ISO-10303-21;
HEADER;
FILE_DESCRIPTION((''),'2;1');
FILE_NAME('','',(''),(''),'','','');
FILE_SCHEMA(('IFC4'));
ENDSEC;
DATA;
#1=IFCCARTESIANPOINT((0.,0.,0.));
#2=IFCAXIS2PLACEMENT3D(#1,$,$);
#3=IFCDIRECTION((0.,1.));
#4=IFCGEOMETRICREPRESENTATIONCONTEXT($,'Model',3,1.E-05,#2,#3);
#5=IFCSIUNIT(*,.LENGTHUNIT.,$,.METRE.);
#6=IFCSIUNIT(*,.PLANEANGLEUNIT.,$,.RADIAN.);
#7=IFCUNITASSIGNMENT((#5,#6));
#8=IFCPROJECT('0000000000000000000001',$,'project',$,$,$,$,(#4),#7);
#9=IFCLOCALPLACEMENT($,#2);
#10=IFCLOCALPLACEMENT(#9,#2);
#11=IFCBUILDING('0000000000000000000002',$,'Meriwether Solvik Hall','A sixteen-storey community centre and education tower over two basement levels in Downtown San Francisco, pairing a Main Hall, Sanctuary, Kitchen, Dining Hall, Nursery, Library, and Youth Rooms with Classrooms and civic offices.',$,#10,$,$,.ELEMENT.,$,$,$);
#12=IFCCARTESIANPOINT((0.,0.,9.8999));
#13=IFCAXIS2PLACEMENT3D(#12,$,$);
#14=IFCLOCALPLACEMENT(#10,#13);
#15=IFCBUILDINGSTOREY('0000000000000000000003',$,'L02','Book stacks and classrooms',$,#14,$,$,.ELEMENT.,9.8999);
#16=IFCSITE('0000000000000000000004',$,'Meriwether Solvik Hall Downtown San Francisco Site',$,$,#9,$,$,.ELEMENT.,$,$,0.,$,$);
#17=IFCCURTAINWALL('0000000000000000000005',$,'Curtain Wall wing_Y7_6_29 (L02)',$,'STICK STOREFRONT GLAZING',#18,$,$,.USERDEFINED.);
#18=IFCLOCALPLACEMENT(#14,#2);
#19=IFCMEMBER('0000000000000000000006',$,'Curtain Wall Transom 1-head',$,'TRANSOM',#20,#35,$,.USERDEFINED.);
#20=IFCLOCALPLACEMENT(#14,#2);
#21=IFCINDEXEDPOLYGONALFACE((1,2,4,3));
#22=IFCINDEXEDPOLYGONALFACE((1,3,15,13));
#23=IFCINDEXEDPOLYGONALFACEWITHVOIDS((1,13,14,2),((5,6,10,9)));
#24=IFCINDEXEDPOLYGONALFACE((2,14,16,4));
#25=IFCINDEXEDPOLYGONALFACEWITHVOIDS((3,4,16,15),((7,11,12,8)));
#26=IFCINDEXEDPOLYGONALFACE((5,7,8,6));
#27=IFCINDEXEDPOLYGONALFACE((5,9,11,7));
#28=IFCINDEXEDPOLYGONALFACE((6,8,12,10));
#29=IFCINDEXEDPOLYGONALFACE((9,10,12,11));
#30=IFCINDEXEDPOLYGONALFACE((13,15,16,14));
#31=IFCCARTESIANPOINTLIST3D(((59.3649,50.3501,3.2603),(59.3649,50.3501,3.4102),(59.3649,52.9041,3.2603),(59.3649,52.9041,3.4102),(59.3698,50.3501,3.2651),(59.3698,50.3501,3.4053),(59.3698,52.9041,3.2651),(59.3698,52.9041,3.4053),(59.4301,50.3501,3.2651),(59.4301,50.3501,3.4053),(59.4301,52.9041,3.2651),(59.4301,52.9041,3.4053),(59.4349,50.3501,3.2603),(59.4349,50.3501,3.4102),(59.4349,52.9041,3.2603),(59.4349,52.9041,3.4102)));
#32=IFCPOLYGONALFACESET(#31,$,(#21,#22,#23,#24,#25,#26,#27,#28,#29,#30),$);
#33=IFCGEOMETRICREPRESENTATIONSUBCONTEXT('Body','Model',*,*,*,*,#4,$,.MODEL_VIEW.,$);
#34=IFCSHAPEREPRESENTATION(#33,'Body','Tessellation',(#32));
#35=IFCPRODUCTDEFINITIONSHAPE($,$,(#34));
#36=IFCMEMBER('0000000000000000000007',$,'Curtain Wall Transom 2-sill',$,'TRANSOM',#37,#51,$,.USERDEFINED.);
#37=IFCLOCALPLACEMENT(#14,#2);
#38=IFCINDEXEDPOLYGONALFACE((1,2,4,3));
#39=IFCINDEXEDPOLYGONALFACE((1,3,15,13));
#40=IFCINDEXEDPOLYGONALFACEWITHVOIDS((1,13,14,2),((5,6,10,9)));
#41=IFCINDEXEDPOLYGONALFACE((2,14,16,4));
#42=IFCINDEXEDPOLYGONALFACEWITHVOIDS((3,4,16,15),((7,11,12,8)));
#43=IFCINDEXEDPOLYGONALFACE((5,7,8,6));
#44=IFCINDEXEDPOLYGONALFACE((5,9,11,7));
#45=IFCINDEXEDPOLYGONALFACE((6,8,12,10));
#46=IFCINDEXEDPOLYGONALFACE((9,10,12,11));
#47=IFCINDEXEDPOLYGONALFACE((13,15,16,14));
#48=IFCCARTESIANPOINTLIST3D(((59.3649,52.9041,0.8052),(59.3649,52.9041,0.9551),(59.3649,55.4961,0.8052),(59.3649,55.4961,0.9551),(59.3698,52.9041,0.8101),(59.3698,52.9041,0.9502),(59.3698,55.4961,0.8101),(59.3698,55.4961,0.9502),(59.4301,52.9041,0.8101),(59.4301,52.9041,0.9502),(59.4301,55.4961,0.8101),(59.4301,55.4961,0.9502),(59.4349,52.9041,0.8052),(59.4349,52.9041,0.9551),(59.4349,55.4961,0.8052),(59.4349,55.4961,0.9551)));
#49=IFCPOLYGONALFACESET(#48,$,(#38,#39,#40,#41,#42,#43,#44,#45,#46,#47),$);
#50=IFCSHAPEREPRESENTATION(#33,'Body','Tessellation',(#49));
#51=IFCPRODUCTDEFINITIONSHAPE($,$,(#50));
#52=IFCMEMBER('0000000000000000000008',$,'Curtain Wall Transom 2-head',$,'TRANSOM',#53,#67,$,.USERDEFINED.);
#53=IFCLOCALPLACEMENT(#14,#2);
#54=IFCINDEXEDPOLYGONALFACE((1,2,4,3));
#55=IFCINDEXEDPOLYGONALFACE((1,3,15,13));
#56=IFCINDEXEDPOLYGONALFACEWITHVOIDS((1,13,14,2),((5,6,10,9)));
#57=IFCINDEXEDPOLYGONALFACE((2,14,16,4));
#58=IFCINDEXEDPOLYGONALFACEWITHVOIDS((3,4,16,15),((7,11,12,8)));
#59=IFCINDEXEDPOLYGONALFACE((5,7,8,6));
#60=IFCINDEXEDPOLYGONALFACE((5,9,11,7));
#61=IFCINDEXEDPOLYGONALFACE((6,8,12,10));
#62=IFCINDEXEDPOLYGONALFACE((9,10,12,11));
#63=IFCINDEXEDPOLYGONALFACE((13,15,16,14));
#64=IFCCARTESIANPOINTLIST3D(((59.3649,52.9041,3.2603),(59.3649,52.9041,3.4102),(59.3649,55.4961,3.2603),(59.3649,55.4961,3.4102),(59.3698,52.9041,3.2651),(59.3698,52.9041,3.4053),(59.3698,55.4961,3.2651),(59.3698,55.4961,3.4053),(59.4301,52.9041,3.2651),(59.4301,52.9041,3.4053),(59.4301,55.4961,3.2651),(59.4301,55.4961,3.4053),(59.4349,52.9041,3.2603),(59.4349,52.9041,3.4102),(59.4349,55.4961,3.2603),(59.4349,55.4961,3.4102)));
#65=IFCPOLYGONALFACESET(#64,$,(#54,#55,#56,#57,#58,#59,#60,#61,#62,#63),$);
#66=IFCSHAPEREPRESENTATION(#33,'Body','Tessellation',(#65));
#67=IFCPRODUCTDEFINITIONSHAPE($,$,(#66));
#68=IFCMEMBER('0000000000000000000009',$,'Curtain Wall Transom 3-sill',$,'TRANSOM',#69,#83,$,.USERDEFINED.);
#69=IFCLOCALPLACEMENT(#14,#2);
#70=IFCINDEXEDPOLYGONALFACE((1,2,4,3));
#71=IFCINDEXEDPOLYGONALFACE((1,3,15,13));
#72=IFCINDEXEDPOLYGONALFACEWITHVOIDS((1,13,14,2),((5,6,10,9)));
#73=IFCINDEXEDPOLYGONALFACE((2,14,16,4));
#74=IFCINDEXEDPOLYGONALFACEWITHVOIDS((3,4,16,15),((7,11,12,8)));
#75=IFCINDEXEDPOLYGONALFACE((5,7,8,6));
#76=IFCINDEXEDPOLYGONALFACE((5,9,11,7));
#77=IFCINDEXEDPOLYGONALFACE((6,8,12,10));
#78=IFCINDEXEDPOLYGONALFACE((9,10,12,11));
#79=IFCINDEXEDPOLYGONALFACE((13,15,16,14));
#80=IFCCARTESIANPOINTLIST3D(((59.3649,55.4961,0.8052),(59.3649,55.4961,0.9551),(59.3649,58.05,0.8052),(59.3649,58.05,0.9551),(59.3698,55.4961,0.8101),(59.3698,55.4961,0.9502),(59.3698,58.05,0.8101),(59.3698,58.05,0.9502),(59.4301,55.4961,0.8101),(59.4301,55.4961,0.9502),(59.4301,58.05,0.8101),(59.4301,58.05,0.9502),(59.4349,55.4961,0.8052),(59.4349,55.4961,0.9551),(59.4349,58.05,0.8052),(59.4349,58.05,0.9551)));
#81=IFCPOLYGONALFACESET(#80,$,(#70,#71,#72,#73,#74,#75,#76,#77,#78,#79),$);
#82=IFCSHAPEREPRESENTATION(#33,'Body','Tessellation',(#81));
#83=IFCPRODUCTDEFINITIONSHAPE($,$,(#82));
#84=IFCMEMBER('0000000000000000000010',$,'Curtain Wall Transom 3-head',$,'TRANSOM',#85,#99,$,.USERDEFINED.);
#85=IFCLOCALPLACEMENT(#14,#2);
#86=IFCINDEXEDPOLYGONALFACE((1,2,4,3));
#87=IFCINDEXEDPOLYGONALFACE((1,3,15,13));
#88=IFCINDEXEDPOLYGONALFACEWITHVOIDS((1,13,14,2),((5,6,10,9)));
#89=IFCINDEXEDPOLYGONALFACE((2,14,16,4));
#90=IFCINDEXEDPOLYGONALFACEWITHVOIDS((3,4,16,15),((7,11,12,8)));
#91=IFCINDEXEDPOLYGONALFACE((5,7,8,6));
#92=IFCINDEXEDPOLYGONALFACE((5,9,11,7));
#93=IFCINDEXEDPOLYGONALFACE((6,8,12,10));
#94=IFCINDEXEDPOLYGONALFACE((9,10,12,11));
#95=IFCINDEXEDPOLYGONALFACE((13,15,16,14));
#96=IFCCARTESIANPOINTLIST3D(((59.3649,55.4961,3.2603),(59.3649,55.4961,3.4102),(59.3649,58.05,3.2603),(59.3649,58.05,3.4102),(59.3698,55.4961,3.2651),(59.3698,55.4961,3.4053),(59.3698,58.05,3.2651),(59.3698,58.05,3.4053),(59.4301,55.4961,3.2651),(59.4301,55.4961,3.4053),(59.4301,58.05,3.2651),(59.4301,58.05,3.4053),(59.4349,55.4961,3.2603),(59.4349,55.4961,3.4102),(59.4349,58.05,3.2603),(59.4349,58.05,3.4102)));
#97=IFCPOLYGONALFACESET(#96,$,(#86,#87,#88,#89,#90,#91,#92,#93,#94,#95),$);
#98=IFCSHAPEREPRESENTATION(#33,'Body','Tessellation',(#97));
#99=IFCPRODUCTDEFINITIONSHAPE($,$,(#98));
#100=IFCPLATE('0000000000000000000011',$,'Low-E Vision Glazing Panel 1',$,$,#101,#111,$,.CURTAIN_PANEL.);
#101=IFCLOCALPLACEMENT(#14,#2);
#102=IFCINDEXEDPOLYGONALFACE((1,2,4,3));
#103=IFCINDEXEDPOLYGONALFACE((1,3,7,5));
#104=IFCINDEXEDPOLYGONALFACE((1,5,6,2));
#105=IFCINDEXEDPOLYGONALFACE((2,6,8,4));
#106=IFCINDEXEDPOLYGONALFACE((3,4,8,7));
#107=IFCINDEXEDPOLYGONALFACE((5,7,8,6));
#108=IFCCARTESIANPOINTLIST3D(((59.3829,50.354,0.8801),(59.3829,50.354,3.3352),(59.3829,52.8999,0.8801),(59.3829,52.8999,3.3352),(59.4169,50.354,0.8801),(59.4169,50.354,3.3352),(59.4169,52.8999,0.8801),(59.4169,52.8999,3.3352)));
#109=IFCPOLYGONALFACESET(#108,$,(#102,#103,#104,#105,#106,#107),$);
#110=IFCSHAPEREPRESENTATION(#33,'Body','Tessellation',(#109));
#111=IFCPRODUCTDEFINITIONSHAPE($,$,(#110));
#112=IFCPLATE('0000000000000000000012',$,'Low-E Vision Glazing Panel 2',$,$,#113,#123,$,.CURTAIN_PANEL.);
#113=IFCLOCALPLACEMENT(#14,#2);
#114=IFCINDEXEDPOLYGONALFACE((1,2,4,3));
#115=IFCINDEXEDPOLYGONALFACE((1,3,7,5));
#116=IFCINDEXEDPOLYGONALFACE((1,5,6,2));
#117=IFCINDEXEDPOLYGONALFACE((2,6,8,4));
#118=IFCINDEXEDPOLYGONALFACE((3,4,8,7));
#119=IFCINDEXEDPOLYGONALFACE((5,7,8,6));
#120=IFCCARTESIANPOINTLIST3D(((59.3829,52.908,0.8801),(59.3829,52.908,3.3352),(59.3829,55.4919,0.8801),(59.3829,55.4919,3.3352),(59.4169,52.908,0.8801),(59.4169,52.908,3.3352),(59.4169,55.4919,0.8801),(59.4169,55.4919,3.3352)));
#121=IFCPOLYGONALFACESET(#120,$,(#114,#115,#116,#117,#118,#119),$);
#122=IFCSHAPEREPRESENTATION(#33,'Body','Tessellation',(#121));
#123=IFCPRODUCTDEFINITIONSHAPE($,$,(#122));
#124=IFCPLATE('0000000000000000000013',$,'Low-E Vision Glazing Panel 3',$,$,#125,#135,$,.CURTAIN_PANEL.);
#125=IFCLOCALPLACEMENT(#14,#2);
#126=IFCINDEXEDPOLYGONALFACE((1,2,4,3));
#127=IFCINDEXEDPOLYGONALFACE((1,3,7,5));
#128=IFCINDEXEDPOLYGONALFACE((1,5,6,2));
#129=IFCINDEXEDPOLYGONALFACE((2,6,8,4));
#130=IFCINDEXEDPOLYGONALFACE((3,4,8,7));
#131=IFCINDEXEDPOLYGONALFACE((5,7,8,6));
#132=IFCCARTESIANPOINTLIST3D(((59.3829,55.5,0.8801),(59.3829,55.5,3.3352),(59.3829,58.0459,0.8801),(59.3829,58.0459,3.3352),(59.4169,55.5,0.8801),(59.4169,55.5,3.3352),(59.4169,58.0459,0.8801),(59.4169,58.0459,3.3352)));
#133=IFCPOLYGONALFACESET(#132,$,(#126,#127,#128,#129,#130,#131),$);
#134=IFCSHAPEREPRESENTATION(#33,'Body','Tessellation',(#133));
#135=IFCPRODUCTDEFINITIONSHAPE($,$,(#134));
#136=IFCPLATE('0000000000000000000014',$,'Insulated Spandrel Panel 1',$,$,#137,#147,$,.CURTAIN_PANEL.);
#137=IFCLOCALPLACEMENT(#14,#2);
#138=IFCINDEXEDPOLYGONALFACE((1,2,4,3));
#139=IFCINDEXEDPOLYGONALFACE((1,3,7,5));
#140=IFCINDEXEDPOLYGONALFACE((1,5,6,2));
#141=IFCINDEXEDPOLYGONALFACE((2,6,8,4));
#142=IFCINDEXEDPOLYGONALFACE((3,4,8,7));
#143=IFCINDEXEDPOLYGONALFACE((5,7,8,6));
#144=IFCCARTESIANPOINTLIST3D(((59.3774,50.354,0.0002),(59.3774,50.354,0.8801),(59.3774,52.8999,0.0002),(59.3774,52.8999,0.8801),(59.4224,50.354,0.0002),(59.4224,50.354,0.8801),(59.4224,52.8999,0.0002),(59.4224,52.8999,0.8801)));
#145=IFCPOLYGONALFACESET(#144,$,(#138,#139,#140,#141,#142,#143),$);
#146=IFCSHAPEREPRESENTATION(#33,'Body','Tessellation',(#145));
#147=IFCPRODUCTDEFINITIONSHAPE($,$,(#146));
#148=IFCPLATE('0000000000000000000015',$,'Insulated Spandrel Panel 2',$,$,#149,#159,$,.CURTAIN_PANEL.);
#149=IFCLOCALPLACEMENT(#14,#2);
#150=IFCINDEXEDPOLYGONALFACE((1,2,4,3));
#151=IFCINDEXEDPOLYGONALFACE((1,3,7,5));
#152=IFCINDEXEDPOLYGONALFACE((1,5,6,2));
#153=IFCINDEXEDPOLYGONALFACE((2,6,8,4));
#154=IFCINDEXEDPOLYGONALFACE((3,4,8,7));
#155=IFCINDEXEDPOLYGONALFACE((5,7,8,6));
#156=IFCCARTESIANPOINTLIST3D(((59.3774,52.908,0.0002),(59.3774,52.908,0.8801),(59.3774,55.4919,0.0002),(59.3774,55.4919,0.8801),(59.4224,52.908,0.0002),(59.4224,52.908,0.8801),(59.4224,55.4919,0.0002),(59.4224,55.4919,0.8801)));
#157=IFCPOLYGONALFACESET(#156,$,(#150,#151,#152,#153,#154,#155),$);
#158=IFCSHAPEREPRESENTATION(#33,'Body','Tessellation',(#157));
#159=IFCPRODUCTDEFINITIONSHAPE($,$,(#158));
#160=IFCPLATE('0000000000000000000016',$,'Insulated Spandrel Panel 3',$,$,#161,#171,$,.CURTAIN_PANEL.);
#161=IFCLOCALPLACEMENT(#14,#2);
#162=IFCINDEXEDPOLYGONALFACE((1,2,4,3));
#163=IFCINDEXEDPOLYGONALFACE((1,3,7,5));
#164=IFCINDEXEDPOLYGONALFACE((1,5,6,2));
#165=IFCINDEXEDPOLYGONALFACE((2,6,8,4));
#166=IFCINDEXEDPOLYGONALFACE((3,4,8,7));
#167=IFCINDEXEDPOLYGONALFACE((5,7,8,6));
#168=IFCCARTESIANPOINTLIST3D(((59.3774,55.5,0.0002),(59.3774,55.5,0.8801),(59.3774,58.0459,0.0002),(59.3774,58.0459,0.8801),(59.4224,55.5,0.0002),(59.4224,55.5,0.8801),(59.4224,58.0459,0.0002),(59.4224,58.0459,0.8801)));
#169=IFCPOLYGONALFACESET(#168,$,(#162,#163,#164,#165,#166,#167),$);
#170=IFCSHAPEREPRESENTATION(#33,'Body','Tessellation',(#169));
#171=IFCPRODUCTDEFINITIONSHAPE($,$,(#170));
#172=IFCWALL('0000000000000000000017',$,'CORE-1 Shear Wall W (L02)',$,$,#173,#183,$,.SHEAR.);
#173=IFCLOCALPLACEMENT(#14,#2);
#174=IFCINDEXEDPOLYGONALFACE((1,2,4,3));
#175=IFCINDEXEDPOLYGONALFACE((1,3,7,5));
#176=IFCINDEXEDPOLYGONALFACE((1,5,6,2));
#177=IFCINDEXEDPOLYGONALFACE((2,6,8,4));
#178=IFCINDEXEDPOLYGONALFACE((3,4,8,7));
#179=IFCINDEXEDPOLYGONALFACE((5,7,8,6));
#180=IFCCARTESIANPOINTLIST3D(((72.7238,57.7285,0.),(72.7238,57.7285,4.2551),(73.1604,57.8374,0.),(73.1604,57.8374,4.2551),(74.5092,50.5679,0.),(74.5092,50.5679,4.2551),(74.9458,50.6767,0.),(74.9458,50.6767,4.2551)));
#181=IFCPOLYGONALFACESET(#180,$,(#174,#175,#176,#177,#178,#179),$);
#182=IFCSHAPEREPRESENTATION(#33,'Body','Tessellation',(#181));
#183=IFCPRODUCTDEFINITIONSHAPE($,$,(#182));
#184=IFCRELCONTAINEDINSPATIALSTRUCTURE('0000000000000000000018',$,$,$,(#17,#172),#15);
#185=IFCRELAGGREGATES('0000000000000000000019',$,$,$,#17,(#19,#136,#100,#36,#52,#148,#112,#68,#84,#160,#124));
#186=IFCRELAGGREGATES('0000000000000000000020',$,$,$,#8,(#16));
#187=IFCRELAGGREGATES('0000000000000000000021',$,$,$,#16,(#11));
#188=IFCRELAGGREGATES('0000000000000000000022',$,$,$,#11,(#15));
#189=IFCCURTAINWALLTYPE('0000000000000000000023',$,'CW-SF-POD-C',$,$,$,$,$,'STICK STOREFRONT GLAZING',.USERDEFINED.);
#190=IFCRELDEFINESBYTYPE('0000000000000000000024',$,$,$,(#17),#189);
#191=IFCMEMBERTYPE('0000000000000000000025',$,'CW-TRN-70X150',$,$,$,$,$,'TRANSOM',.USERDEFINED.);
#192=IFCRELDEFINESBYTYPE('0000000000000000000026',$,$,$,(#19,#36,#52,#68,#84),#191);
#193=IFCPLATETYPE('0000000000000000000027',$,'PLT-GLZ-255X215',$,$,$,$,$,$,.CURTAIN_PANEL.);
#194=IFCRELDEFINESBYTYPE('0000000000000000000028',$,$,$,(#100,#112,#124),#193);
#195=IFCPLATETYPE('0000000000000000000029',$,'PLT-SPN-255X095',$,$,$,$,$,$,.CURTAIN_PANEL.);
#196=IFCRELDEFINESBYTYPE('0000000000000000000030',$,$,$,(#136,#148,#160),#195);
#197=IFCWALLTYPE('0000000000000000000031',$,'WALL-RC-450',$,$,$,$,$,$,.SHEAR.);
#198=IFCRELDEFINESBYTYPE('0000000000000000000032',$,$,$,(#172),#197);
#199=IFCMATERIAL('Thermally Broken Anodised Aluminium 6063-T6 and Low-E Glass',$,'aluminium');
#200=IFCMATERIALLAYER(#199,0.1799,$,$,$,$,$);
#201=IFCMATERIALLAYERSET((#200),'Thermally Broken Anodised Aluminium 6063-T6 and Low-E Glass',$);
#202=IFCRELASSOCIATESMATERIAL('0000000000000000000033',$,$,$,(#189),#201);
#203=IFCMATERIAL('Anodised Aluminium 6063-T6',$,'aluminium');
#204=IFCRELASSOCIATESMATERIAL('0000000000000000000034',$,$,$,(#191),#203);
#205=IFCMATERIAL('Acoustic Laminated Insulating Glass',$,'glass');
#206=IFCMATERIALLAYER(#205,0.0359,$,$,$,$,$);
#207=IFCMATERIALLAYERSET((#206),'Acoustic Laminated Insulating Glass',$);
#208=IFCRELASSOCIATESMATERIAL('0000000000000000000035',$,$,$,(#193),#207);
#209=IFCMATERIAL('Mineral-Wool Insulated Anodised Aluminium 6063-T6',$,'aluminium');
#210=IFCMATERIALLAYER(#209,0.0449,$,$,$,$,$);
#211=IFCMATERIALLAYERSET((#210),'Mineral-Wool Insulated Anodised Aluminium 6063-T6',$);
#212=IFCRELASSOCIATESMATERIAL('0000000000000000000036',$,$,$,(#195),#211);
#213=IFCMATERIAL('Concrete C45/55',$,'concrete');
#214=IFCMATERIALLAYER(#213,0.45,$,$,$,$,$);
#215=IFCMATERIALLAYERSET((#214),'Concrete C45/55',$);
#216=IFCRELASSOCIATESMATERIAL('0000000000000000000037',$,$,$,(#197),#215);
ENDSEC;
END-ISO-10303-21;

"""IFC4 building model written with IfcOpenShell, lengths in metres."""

from ifc_helpers import new_model, si_unit, direction, frame, frame_2d, origin, origin_2d, place, context, subcontext, project, spatial, rectangle, hollow_rectangle, extrude, material, layer, layer_set, material_profile, profile_set, type_object, element, aggregate, save


model = new_model("IFC4")

# Units and contexts
model_context = context("Model", 3, precision=1e-05, world=origin(), true_north=direction((0.0, 1.0)))
body_context = subcontext(model_context, "Body", "Model", "MODEL_VIEW")
ifc_project = project(units=[si_unit("LENGTHUNIT", "METRE"), si_unit("PLANEANGLEUNIT", "RADIAN")], contexts=[model_context])

# Site, building, storey
site_placement = place(None, origin())
site = spatial("IfcSite", under=ifc_project, at=site_placement, Name="Meriwether Solvik Hall Downtown San Francisco Site", CompositionType="ELEMENT", RefElevation=0.0)
building_placement = place(site_placement, origin())
building = spatial("IfcBuilding", under=site, at=building_placement, Name="Meriwether Solvik Hall", Description="A sixteen-storey community centre and education tower over two basement levels in Downtown San Francisco, pairing a Main Hall, Sanctuary, Kitchen, Dining Hall, Nursery, Library, and Youth Rooms with Classrooms and civic offices.", CompositionType="ELEMENT")
storey_placement = place(building_placement, frame((0.0, 0.0, 9.8999)))
storey = spatial("IfcBuildingStorey", under=building, at=storey_placement, Name="L02", Description="Book stacks and classrooms", CompositionType="ELEMENT", Elevation=9.8999)

# Curtain wall, members, plates
ifc_material_1 = material(Name="Thermally Broken Anodised Aluminium 6063-T6 and Low-E Glass", Category="aluminium")
ifc_layer_1 = layer(ifc_material_1, 0.1799)
ifc_layer_set_1 = layer_set([ifc_layer_1], Name="Thermally Broken Anodised Aluminium 6063-T6 and Low-E Glass")
curtain_wall_type = type_object("IfcCurtainWallType", Name="CW-SF-POD-C", ElementType="STICK STOREFRONT GLAZING", PredefinedType="USERDEFINED", material=ifc_layer_set_1)
curtain_wall_placement = place(storey_placement, origin())
curtain_wall = element("IfcCurtainWall", 1, at=curtain_wall_placement, inside=storey, type_object=curtain_wall_type, Name="Curtain Wall wing_Y7_6_29 (L02)", ObjectType="STICK STOREFRONT GLAZING", PredefinedType="USERDEFINED")
ifc_material_2 = material(Name="Anodised Aluminium 6063-T6", Category="aluminium")
ifc_material_profile_1 = material_profile(ifc_material_2, hollow_rectangle(XDim=0.0701, YDim=0.1499, WallThickness=0.0049, at=origin_2d()), Name="CWT-70X150")
ifc_profile_set_1 = profile_set([ifc_material_profile_1], Name="Anodised Aluminium 6063-T6")
member_type_1 = type_object("IfcMemberType", Name="CW-TRN-70X150", ElementType="TRANSOM", PredefinedType="USERDEFINED", material=ifc_profile_set_1)
member_1_placement = place(storey_placement, frame((59.3999, 50.3501, 3.3352), z_axis=(0.0, 1.0, 0.0), x_axis=(-1.0, 0.0, 0.0)))
member_1 = element("IfcMember", 2, at=member_1_placement, type_object=member_type_1, Name="Curtain Wall Transom 1-head", ObjectType="TRANSOM", PredefinedType="USERDEFINED", context=body_context, shape_type="SweptSolid", body=[
    extrude(hollow_rectangle(XDim=0.0701, YDim=0.1499, WallThickness=0.0049, at=origin_2d()), origin(), (0.0, 0.0, 1.0), 2.554),
])
member_2_placement = place(storey_placement, frame((59.3999, 52.9041, 0.8801), z_axis=(0.0, 1.0, 0.0), x_axis=(-1.0, 0.0, 0.0)))
member_2 = element("IfcMember", 3, at=member_2_placement, type_object=member_type_1, Name="Curtain Wall Transom 2-sill", ObjectType="TRANSOM", PredefinedType="USERDEFINED", context=body_context, shape_type="SweptSolid", body=[
    extrude(hollow_rectangle(XDim=0.0701, YDim=0.1499, WallThickness=0.0049, at=origin_2d()), origin(), (0.0, 0.0, 1.0), 2.592),
])
member_3_placement = place(storey_placement, frame((59.3999, 52.9041, 3.3352), z_axis=(0.0, 1.0, 0.0), x_axis=(-1.0, 0.0, 0.0)))
member_3 = element("IfcMember", 4, at=member_3_placement, type_object=member_type_1, Name="Curtain Wall Transom 2-head", ObjectType="TRANSOM", PredefinedType="USERDEFINED", context=body_context, shape_type="SweptSolid", body=[
    extrude(hollow_rectangle(XDim=0.0701, YDim=0.1499, WallThickness=0.0049, at=origin_2d()), origin(), (0.0, 0.0, 1.0), 2.592),
])
member_4_placement = place(storey_placement, frame((59.3999, 55.4961, 0.8801), z_axis=(0.0, 1.0, 0.0), x_axis=(-1.0, 0.0, 0.0)))
member_4 = element("IfcMember", 5, at=member_4_placement, type_object=member_type_1, Name="Curtain Wall Transom 3-sill", ObjectType="TRANSOM", PredefinedType="USERDEFINED", context=body_context, shape_type="SweptSolid", body=[
    extrude(hollow_rectangle(XDim=0.0701, YDim=0.1499, WallThickness=0.0049, at=origin_2d()), origin(), (0.0, 0.0, 1.0), 2.554),
])
member_5_placement = place(storey_placement, frame((59.3999, 55.4961, 3.3352), z_axis=(0.0, 1.0, 0.0), x_axis=(-1.0, 0.0, 0.0)))
member_5 = element("IfcMember", 6, at=member_5_placement, type_object=member_type_1, Name="Curtain Wall Transom 3-head", ObjectType="TRANSOM", PredefinedType="USERDEFINED", context=body_context, shape_type="SweptSolid", body=[
    extrude(hollow_rectangle(XDim=0.0701, YDim=0.1499, WallThickness=0.0049, at=origin_2d()), origin(), (0.0, 0.0, 1.0), 2.554),
])
ifc_material_3 = material(Name="Acoustic Laminated Insulating Glass", Category="glass")
ifc_layer_2 = layer(ifc_material_3, 0.0359)
ifc_layer_set_2 = layer_set([ifc_layer_2], Name="Acoustic Laminated Insulating Glass")
plate_type_1 = type_object("IfcPlateType", Name="PLT-GLZ-255X215", PredefinedType="CURTAIN_PANEL", material=ifc_layer_set_2)
plate_1_placement = place(storey_placement, frame((59.3999, 51.627, 0.8801), z_axis=(0.0, 0.0, 1.0), x_axis=(0.0, 1.0, 0.0)))
plate_1 = element("IfcPlate", 7, at=plate_1_placement, type_object=plate_type_1, Name="Low-E Vision Glazing Panel 1", PredefinedType="CURTAIN_PANEL", context=body_context, shape_type="SweptSolid", body=[
    extrude(rectangle(XDim=2.5459, YDim=0.0339, at=origin_2d()), origin(), (0.0, 0.0, 1.0), 2.4551),
])
plate_2_placement = place(storey_placement, frame((59.3999, 54.2, 0.8801), z_axis=(0.0, 0.0, 1.0), x_axis=(0.0, 1.0, 0.0)))
plate_2 = element("IfcPlate", 8, at=plate_2_placement, type_object=plate_type_1, Name="Low-E Vision Glazing Panel 2", PredefinedType="CURTAIN_PANEL", context=body_context, shape_type="SweptSolid", body=[
    extrude(rectangle(XDim=2.584, YDim=0.0339, at=origin_2d()), origin(), (0.0, 0.0, 1.0), 2.4551),
])
plate_3_placement = place(storey_placement, frame((59.3999, 56.7729, 0.8801), z_axis=(0.0, 0.0, 1.0), x_axis=(0.0, 1.0, 0.0)))
plate_3 = element("IfcPlate", 9, at=plate_3_placement, type_object=plate_type_1, Name="Low-E Vision Glazing Panel 3", PredefinedType="CURTAIN_PANEL", context=body_context, shape_type="SweptSolid", body=[
    extrude(rectangle(XDim=2.5459, YDim=0.0339, at=origin_2d()), origin(), (0.0, 0.0, 1.0), 2.4551),
])
ifc_material_4 = material(Name="Mineral-Wool Insulated Anodised Aluminium 6063-T6", Category="aluminium")
ifc_layer_3 = layer(ifc_material_4, 0.0449)
ifc_layer_set_3 = layer_set([ifc_layer_3], Name="Mineral-Wool Insulated Anodised Aluminium 6063-T6")
plate_type_2 = type_object("IfcPlateType", Name="PLT-SPN-255X095", PredefinedType="CURTAIN_PANEL", material=ifc_layer_set_3)
plate_4_placement = place(storey_placement, frame((59.3999, 51.627, 0.0002), z_axis=(0.0, 0.0, 1.0), x_axis=(0.0, 1.0, 0.0)))
plate_4 = element("IfcPlate", 10, at=plate_4_placement, type_object=plate_type_2, Name="Insulated Spandrel Panel 1", PredefinedType="CURTAIN_PANEL", context=body_context, shape_type="SweptSolid", body=[
    extrude(rectangle(XDim=2.5459, YDim=0.0449, at=origin_2d()), origin(), (0.0, 0.0, 1.0), 0.8799),
])
plate_5_placement = place(storey_placement, frame((59.3999, 54.2, 0.0002), z_axis=(0.0, 0.0, 1.0), x_axis=(0.0, 1.0, 0.0)))
plate_5 = element("IfcPlate", 11, at=plate_5_placement, type_object=plate_type_2, Name="Insulated Spandrel Panel 2", PredefinedType="CURTAIN_PANEL", context=body_context, shape_type="SweptSolid", body=[
    extrude(rectangle(XDim=2.584, YDim=0.0449, at=origin_2d()), origin(), (0.0, 0.0, 1.0), 0.8799),
])
plate_6_placement = place(storey_placement, frame((59.3999, 56.7729, 0.0002), z_axis=(0.0, 0.0, 1.0), x_axis=(0.0, 1.0, 0.0)))
plate_6 = element("IfcPlate", 12, at=plate_6_placement, type_object=plate_type_2, Name="Insulated Spandrel Panel 3", PredefinedType="CURTAIN_PANEL", context=body_context, shape_type="SweptSolid", body=[
    extrude(rectangle(XDim=2.5459, YDim=0.0449, at=origin_2d()), origin(), (0.0, 0.0, 1.0), 0.8799),
])
aggregate(curtain_wall, [member_1, plate_4, plate_1, member_2, member_3, plate_5, plate_2, member_4, member_5, plate_6, plate_3])

# Wall
ifc_material_5 = material(Name="Concrete C45/55", Category="concrete")
ifc_layer_4 = layer(ifc_material_5, 0.45)
ifc_layer_set_4 = layer_set([ifc_layer_4], Name="Concrete C45/55")
wall_type = type_object("IfcWallType", Name="WALL-RC-450", PredefinedType="SHEAR", material=ifc_layer_set_4)
wall_placement = place(storey_placement, frame((72.9421, 57.783, 0.0), z_axis=(0.0, 0.0, 1.0), x_axis=(0.241928, -0.970294, 0.0)))
element("IfcWall", 13, at=wall_placement, inside=storey, type_object=wall_type, Name="CORE-1 Shear Wall W (L02)", PredefinedType="SHEAR", context=body_context, shape_type="SweptSolid", body=[
    extrude(rectangle(XDim=7.3799, YDim=0.45, at=frame_2d((3.6899, 0.0))), origin(), (0.0, 0.0, 1.0), 4.2551),
])

save(model, "model.ifc")
